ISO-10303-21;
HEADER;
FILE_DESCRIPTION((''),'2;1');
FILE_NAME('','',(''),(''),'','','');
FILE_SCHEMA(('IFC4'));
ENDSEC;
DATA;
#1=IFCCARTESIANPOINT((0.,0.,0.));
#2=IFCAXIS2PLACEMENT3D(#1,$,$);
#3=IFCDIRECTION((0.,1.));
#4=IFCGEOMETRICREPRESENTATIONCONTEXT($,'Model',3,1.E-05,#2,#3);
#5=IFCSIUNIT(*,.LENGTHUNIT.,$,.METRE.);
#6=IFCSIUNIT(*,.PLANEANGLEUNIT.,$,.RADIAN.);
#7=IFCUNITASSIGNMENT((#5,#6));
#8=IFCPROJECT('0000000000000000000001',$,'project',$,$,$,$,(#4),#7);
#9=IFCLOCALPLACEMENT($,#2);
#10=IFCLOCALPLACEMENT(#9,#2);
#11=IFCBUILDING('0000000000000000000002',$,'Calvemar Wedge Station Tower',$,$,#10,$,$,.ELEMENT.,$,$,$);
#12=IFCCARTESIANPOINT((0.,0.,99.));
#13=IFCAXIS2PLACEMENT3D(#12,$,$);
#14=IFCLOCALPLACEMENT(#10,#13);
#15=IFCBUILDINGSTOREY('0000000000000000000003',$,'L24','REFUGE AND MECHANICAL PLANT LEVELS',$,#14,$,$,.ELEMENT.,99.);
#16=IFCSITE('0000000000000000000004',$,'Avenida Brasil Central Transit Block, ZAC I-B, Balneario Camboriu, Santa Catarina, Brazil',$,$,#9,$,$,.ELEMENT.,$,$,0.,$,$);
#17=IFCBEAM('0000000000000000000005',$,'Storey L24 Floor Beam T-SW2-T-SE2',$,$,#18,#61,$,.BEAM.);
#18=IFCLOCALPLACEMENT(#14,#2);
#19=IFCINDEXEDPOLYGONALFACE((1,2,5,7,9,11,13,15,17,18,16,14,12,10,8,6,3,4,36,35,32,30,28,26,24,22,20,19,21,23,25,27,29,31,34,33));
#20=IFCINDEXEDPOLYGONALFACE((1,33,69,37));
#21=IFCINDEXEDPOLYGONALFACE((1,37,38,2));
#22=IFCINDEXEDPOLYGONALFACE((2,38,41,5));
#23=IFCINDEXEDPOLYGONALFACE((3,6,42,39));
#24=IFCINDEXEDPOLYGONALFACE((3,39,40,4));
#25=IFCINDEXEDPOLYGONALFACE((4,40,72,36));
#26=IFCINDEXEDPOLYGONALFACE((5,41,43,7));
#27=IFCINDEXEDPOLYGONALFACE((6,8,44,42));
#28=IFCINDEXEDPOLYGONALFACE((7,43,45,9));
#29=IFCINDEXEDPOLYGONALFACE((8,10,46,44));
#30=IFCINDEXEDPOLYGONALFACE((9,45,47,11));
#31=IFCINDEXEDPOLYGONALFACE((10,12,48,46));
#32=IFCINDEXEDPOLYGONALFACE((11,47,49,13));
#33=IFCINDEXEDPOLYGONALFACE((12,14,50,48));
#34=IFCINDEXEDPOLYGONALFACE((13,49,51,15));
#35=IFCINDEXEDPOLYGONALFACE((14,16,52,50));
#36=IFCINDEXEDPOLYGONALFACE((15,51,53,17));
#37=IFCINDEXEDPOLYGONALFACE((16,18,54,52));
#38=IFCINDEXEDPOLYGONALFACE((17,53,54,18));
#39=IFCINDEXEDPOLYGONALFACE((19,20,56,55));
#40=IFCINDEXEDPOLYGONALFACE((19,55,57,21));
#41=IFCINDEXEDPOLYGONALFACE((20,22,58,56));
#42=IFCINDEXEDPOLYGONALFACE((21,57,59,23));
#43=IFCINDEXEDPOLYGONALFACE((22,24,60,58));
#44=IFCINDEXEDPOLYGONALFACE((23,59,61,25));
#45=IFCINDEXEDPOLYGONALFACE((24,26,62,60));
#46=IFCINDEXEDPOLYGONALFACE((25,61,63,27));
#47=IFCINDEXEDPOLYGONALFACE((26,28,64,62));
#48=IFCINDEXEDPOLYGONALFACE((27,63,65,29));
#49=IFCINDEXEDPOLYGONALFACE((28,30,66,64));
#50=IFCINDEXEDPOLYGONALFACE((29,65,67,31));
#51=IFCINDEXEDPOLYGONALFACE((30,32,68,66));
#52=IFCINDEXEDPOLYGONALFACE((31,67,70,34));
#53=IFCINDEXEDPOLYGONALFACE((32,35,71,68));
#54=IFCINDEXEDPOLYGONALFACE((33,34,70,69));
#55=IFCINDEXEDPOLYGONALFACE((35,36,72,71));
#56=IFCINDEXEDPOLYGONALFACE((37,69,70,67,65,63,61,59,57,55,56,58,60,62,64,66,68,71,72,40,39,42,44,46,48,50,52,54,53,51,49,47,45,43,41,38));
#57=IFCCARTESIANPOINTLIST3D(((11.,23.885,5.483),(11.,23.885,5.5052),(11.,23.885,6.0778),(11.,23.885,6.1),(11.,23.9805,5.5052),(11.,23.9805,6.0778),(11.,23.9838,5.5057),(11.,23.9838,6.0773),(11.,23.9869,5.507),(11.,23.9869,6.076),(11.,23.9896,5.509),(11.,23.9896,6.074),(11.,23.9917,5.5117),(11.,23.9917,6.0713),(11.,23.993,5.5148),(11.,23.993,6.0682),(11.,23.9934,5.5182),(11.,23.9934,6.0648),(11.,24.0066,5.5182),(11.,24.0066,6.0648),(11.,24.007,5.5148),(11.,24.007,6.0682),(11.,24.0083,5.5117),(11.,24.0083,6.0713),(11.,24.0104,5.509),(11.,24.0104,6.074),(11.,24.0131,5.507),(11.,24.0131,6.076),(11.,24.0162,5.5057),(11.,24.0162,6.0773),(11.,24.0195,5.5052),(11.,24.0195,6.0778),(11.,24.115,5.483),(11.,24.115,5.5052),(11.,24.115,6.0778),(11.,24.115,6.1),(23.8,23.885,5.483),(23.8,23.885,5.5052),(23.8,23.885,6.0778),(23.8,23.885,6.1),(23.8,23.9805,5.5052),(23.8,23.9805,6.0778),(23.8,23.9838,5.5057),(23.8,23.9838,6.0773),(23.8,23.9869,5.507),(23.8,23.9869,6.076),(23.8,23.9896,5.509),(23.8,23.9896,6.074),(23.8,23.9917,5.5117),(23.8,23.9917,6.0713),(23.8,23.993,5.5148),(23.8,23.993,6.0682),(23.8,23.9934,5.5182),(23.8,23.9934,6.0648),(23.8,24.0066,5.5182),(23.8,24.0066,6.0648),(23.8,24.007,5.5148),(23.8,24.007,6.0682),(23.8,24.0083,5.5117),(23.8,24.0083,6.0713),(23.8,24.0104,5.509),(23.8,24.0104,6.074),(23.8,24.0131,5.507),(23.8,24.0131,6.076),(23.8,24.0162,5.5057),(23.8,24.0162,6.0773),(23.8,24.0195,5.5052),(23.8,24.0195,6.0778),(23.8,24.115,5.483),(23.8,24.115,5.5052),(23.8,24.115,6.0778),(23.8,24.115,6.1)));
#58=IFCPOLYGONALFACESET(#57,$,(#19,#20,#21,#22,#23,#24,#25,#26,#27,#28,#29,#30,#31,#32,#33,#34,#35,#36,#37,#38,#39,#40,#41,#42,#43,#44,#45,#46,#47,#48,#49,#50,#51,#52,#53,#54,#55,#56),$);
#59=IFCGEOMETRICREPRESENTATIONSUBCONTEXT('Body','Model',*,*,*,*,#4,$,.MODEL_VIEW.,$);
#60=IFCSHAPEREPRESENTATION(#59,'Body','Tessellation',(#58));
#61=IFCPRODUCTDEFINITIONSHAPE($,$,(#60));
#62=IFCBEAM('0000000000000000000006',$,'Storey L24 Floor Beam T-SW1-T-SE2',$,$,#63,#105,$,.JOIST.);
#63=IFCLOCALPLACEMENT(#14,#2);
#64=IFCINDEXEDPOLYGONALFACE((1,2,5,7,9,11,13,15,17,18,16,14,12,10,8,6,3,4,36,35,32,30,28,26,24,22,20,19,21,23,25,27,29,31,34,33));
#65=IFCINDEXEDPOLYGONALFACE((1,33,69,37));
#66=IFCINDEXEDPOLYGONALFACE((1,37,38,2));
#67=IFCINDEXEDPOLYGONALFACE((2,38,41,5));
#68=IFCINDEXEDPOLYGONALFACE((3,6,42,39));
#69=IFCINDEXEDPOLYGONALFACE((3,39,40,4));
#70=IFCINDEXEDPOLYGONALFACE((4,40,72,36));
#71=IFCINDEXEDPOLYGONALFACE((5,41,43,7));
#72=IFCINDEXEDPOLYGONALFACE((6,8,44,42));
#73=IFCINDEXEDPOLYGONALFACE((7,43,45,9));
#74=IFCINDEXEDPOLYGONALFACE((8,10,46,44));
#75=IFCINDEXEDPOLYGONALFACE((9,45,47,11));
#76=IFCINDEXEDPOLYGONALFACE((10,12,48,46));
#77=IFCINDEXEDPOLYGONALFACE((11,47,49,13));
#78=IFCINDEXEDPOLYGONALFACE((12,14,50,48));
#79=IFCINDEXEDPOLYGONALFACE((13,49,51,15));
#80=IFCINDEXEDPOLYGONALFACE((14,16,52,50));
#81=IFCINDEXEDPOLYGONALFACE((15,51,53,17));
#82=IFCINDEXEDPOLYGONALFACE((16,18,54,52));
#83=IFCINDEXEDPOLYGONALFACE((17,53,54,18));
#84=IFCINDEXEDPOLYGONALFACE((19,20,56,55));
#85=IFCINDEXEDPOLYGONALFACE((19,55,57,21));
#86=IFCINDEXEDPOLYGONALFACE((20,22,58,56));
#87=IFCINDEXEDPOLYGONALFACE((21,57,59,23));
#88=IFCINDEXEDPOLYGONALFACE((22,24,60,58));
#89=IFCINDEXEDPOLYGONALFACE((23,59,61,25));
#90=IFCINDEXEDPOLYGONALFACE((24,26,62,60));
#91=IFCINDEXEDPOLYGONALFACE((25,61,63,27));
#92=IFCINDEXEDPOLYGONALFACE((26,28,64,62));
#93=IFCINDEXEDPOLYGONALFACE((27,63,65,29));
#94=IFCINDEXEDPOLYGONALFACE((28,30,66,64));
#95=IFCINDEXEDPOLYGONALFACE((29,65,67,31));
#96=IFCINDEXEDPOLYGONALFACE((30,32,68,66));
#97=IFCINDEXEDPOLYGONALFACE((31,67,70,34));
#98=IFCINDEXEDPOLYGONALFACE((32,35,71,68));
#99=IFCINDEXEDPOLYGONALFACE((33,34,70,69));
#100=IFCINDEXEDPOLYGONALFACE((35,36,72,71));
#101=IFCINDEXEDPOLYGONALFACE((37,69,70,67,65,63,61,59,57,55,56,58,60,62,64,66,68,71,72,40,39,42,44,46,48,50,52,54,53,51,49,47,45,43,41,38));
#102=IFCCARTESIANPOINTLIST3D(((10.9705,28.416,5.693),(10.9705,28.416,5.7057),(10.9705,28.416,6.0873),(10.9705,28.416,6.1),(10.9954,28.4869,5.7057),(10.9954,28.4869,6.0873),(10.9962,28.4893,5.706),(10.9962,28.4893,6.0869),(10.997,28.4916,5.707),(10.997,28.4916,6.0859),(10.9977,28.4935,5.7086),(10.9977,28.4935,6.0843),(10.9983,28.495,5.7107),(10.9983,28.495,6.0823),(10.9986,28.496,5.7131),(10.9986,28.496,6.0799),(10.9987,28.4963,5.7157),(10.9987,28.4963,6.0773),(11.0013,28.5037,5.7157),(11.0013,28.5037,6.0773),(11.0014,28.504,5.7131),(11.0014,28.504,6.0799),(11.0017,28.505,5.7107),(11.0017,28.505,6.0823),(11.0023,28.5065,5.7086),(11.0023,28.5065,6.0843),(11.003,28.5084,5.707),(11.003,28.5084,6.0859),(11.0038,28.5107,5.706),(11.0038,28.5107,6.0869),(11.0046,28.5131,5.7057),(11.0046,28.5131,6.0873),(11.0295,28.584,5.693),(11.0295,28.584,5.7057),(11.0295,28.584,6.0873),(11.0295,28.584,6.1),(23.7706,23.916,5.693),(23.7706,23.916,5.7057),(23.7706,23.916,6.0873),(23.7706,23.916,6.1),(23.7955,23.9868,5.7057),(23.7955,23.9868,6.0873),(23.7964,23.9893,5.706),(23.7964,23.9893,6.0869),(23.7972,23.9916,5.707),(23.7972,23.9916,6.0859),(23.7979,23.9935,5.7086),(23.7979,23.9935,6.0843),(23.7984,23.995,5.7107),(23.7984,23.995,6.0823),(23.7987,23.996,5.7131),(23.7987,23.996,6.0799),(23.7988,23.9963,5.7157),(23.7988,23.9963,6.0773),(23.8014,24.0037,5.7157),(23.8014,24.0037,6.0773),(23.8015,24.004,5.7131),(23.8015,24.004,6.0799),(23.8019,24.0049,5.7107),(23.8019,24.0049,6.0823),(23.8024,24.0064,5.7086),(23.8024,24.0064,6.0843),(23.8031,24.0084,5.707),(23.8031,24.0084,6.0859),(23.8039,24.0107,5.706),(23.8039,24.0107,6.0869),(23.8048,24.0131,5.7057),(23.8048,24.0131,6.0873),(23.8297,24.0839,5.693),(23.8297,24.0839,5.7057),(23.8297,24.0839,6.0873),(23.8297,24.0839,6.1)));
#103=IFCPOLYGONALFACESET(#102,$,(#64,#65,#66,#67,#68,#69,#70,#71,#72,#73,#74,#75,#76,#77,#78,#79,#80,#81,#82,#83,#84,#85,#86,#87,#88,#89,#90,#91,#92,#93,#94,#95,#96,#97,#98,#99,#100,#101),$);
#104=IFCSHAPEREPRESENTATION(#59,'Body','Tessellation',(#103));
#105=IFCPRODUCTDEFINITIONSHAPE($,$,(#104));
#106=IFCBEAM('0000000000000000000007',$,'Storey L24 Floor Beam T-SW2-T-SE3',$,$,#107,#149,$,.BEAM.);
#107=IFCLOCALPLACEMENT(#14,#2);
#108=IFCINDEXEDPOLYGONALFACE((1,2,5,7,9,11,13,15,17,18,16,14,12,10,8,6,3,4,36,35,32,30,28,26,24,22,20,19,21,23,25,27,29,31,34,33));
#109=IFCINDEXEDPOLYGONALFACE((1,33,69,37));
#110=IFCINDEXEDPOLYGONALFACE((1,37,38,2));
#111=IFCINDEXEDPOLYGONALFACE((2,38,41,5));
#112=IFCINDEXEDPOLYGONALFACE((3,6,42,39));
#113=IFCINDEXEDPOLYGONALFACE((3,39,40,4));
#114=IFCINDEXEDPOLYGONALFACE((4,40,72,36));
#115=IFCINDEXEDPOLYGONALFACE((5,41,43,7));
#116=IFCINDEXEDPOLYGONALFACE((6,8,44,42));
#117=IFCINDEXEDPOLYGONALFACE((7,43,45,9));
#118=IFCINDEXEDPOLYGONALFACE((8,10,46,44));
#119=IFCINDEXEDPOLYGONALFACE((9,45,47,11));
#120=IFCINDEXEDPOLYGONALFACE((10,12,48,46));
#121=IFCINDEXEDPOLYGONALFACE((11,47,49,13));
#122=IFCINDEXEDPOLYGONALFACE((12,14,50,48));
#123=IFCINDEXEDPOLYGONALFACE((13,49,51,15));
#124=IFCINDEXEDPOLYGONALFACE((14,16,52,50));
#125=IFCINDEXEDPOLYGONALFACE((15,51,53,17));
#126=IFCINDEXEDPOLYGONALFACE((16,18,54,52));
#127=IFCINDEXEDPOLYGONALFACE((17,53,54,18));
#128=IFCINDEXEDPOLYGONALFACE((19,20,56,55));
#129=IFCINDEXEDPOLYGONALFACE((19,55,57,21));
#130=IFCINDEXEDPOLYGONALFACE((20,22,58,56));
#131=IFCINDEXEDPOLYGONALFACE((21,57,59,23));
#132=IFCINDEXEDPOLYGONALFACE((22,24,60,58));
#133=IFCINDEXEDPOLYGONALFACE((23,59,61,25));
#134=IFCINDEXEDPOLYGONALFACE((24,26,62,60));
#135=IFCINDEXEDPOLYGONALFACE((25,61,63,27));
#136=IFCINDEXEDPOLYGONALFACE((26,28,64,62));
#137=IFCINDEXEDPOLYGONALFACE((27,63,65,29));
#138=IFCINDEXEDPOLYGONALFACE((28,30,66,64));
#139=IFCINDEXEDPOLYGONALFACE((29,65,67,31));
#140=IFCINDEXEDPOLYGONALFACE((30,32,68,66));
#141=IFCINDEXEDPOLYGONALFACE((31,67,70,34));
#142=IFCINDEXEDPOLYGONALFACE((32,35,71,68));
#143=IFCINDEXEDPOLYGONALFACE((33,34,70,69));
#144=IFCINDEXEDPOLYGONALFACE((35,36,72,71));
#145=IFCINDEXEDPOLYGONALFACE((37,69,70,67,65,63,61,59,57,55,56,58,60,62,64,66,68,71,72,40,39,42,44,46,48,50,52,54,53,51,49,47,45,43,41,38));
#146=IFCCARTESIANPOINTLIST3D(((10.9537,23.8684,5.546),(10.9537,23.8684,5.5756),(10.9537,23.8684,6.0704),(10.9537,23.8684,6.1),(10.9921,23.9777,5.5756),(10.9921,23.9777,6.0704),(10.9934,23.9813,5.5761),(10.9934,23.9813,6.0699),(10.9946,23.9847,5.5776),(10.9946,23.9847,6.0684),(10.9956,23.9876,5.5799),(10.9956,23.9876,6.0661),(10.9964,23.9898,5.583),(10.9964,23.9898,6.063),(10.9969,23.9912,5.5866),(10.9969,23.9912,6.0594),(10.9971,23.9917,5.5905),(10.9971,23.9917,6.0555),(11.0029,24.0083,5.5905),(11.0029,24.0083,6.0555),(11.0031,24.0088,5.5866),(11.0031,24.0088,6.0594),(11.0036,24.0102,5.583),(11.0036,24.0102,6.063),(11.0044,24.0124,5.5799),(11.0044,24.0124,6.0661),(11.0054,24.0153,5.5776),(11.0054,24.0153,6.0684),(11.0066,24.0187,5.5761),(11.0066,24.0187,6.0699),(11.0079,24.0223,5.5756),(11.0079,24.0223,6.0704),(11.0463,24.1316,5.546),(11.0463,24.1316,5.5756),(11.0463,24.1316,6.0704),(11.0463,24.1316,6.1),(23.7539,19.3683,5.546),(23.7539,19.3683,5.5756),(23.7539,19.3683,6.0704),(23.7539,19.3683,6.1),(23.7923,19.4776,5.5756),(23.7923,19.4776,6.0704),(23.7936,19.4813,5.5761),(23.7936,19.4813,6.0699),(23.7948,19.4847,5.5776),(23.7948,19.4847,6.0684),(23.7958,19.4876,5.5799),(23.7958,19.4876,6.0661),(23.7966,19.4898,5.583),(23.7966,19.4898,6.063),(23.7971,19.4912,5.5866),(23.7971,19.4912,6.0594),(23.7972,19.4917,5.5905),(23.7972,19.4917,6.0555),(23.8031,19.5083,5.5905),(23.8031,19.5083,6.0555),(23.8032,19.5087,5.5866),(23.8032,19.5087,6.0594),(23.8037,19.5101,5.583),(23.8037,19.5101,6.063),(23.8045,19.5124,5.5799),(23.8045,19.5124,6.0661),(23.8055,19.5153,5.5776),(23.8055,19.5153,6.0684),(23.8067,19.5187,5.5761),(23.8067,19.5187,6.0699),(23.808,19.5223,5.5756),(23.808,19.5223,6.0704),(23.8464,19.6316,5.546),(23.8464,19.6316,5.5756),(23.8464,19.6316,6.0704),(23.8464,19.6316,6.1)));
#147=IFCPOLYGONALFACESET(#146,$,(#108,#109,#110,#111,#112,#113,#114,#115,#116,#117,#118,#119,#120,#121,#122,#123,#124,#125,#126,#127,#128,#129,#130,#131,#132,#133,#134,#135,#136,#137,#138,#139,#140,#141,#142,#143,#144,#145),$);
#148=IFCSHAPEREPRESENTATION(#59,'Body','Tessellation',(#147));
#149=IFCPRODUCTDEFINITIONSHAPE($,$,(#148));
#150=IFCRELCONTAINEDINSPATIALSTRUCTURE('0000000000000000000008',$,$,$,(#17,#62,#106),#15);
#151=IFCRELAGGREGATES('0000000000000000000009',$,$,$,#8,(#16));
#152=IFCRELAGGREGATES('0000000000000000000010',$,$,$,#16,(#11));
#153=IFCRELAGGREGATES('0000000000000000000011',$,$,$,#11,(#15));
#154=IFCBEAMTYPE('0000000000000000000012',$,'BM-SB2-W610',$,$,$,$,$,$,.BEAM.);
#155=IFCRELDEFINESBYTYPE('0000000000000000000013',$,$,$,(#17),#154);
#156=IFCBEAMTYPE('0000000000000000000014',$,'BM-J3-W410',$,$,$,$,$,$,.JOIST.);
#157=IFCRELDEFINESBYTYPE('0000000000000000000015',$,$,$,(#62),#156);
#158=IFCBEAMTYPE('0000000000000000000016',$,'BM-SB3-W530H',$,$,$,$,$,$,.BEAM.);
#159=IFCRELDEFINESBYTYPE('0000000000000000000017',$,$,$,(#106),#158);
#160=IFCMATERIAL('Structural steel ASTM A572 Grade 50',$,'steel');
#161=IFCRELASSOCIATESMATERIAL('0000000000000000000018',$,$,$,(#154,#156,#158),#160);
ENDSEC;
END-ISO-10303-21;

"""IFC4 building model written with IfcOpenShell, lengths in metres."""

from ifc_helpers import new_model, si_unit, direction, frame, origin, origin_2d, place, context, subcontext, project, spatial, i_section, extrude, source, transform, mapped, material, material_profile, profile_set, type_object, element, save


model = new_model("IFC4")

# Units and contexts
model_context = context("Model", 3, precision=1e-05, world=origin(), true_north=direction((0.0, 1.0)))
body_context = subcontext(model_context, "Body", "Model", "MODEL_VIEW")
ifc_project = project(units=[si_unit("LENGTHUNIT", "METRE"), si_unit("PLANEANGLEUNIT", "RADIAN")], contexts=[model_context])

# Site, building, storey
site_placement = place(None, origin())
site = spatial("IfcSite", under=ifc_project, at=site_placement, Name="Avenida Brasil Central Transit Block, ZAC I-B, Balneario Camboriu, Santa Catarina, Brazil", CompositionType="ELEMENT", RefElevation=0.0)
building_placement = place(site_placement, origin())
building = spatial("IfcBuilding", under=site, at=building_placement, Name="Calvemar Wedge Station Tower", CompositionType="ELEMENT")
storey_placement = place(building_placement, frame((0.0, 0.0, 99.0)))
storey = spatial("IfcBuildingStorey", under=building, at=storey_placement, Name="L24", Description="REFUGE AND MECHANICAL PLANT LEVELS", CompositionType="ELEMENT", Elevation=99.0)

# Beams
ifc_material_1 = material(Name="Structural steel ASTM A572 Grade 50", Category="steel")
ifc_material_profile_1 = material_profile(ifc_material_1, i_section(OverallWidth=0.23, OverallDepth=0.6169, WebThickness=0.0132, FlangeThickness=0.0222, FilletRadius=0.0129, at=origin_2d()), Name="W610x140")
ifc_profile_set_1 = profile_set([ifc_material_profile_1], Name="Structural steel ASTM A572 Grade 50")
beam_type_1 = type_object("IfcBeamType", Name="BM-SB2-W610", PredefinedType="BEAM", material=ifc_profile_set_1)
shared_shape_1 = source(origin(), body_context, "Body", "SweptSolid", [
    extrude(i_section(OverallWidth=0.23, OverallDepth=0.6169, WebThickness=0.0132, FlangeThickness=0.0222, FilletRadius=0.0129, at=origin_2d()), origin(), (0.0, 0.0, 1.0), 12.8),
])
for number, where, z_axis, x_axis, name in (
    (1, (11.0, 24.0, 5.7915), (1.0, 0.0, 0.0), (0.0, 1.0, 0.0), "Storey L24 Floor Beam T-SW2-T-SE2"),
):
    element("IfcBeam", number, at=place(storey_placement, frame(where, z_axis=z_axis, x_axis=x_axis)), inside=storey, type_object=beam_type_1, Name=name, PredefinedType="BEAM", context=body_context, shape_type="MappedRepresentation", body=[
        mapped(shared_shape_1, transform((0.0, 0.0, 0.0), scale=1.0)),
    ])
ifc_material_profile_2 = material_profile(ifc_material_1, i_section(OverallWidth=0.178, OverallDepth=0.407, WebThickness=0.0078, FlangeThickness=0.0127, FilletRadius=0.01, at=origin_2d()), Name="W410x60")
ifc_profile_set_2 = profile_set([ifc_material_profile_2], Name="Structural steel ASTM A572 Grade 50")
beam_type_2 = type_object("IfcBeamType", Name="BM-J3-W410", PredefinedType="JOIST", material=ifc_profile_set_2)
shared_shape_2 = source(origin(), body_context, "Body", "SweptSolid", [
    extrude(i_section(OverallWidth=0.178, OverallDepth=0.407, WebThickness=0.0078, FlangeThickness=0.0127, FilletRadius=0.01, at=origin_2d()), origin(), (0.0, 0.0, 1.0), 13.5681),
])
beam_1_placement = place(storey_placement, frame((11.0, 28.5, 5.8965), z_axis=(0.943398, -0.331662, 0.0), x_axis=(0.331662, 0.943398, 0.0)))
element("IfcBeam", 2, at=beam_1_placement, inside=storey, type_object=beam_type_2, Name="Storey L24 Floor Beam T-SW1-T-SE2", PredefinedType="JOIST", context=body_context, shape_type="MappedRepresentation", body=[
    mapped(shared_shape_2, transform((0.0, 0.0, 0.0), scale=1.0)),
])
ifc_material_profile_3 = material_profile(ifc_material_1, i_section(OverallWidth=0.2791, OverallDepth=0.554, WebThickness=0.0176, FlangeThickness=0.0295, FilletRadius=0.0149, at=origin_2d()), Name="W530x196")
ifc_profile_set_3 = profile_set([ifc_material_profile_3], Name="Structural steel ASTM A572 Grade 50")
beam_type_3 = type_object("IfcBeamType", Name="BM-SB3-W530H", PredefinedType="BEAM", material=ifc_profile_set_3)
shared_shape_3 = source(origin(), body_context, "Body", "SweptSolid", [
    extrude(i_section(OverallWidth=0.2791, OverallDepth=0.554, WebThickness=0.0176, FlangeThickness=0.0295, FilletRadius=0.0149, at=origin_2d()), origin(), (0.0, 0.0, 1.0), 13.5681),
])
beam_2_placement = place(storey_placement, frame((11.0, 24.0, 5.823), z_axis=(0.943398, -0.331662, 0.0), x_axis=(0.331662, 0.943398, 0.0)))
element("IfcBeam", 3, at=beam_2_placement, inside=storey, type_object=beam_type_3, Name="Storey L24 Floor Beam T-SW2-T-SE3", PredefinedType="BEAM", context=body_context, shape_type="MappedRepresentation", body=[
    mapped(shared_shape_3, transform((0.0, 0.0, 0.0), scale=1.0)),
])

save(model, "model.ifc")
